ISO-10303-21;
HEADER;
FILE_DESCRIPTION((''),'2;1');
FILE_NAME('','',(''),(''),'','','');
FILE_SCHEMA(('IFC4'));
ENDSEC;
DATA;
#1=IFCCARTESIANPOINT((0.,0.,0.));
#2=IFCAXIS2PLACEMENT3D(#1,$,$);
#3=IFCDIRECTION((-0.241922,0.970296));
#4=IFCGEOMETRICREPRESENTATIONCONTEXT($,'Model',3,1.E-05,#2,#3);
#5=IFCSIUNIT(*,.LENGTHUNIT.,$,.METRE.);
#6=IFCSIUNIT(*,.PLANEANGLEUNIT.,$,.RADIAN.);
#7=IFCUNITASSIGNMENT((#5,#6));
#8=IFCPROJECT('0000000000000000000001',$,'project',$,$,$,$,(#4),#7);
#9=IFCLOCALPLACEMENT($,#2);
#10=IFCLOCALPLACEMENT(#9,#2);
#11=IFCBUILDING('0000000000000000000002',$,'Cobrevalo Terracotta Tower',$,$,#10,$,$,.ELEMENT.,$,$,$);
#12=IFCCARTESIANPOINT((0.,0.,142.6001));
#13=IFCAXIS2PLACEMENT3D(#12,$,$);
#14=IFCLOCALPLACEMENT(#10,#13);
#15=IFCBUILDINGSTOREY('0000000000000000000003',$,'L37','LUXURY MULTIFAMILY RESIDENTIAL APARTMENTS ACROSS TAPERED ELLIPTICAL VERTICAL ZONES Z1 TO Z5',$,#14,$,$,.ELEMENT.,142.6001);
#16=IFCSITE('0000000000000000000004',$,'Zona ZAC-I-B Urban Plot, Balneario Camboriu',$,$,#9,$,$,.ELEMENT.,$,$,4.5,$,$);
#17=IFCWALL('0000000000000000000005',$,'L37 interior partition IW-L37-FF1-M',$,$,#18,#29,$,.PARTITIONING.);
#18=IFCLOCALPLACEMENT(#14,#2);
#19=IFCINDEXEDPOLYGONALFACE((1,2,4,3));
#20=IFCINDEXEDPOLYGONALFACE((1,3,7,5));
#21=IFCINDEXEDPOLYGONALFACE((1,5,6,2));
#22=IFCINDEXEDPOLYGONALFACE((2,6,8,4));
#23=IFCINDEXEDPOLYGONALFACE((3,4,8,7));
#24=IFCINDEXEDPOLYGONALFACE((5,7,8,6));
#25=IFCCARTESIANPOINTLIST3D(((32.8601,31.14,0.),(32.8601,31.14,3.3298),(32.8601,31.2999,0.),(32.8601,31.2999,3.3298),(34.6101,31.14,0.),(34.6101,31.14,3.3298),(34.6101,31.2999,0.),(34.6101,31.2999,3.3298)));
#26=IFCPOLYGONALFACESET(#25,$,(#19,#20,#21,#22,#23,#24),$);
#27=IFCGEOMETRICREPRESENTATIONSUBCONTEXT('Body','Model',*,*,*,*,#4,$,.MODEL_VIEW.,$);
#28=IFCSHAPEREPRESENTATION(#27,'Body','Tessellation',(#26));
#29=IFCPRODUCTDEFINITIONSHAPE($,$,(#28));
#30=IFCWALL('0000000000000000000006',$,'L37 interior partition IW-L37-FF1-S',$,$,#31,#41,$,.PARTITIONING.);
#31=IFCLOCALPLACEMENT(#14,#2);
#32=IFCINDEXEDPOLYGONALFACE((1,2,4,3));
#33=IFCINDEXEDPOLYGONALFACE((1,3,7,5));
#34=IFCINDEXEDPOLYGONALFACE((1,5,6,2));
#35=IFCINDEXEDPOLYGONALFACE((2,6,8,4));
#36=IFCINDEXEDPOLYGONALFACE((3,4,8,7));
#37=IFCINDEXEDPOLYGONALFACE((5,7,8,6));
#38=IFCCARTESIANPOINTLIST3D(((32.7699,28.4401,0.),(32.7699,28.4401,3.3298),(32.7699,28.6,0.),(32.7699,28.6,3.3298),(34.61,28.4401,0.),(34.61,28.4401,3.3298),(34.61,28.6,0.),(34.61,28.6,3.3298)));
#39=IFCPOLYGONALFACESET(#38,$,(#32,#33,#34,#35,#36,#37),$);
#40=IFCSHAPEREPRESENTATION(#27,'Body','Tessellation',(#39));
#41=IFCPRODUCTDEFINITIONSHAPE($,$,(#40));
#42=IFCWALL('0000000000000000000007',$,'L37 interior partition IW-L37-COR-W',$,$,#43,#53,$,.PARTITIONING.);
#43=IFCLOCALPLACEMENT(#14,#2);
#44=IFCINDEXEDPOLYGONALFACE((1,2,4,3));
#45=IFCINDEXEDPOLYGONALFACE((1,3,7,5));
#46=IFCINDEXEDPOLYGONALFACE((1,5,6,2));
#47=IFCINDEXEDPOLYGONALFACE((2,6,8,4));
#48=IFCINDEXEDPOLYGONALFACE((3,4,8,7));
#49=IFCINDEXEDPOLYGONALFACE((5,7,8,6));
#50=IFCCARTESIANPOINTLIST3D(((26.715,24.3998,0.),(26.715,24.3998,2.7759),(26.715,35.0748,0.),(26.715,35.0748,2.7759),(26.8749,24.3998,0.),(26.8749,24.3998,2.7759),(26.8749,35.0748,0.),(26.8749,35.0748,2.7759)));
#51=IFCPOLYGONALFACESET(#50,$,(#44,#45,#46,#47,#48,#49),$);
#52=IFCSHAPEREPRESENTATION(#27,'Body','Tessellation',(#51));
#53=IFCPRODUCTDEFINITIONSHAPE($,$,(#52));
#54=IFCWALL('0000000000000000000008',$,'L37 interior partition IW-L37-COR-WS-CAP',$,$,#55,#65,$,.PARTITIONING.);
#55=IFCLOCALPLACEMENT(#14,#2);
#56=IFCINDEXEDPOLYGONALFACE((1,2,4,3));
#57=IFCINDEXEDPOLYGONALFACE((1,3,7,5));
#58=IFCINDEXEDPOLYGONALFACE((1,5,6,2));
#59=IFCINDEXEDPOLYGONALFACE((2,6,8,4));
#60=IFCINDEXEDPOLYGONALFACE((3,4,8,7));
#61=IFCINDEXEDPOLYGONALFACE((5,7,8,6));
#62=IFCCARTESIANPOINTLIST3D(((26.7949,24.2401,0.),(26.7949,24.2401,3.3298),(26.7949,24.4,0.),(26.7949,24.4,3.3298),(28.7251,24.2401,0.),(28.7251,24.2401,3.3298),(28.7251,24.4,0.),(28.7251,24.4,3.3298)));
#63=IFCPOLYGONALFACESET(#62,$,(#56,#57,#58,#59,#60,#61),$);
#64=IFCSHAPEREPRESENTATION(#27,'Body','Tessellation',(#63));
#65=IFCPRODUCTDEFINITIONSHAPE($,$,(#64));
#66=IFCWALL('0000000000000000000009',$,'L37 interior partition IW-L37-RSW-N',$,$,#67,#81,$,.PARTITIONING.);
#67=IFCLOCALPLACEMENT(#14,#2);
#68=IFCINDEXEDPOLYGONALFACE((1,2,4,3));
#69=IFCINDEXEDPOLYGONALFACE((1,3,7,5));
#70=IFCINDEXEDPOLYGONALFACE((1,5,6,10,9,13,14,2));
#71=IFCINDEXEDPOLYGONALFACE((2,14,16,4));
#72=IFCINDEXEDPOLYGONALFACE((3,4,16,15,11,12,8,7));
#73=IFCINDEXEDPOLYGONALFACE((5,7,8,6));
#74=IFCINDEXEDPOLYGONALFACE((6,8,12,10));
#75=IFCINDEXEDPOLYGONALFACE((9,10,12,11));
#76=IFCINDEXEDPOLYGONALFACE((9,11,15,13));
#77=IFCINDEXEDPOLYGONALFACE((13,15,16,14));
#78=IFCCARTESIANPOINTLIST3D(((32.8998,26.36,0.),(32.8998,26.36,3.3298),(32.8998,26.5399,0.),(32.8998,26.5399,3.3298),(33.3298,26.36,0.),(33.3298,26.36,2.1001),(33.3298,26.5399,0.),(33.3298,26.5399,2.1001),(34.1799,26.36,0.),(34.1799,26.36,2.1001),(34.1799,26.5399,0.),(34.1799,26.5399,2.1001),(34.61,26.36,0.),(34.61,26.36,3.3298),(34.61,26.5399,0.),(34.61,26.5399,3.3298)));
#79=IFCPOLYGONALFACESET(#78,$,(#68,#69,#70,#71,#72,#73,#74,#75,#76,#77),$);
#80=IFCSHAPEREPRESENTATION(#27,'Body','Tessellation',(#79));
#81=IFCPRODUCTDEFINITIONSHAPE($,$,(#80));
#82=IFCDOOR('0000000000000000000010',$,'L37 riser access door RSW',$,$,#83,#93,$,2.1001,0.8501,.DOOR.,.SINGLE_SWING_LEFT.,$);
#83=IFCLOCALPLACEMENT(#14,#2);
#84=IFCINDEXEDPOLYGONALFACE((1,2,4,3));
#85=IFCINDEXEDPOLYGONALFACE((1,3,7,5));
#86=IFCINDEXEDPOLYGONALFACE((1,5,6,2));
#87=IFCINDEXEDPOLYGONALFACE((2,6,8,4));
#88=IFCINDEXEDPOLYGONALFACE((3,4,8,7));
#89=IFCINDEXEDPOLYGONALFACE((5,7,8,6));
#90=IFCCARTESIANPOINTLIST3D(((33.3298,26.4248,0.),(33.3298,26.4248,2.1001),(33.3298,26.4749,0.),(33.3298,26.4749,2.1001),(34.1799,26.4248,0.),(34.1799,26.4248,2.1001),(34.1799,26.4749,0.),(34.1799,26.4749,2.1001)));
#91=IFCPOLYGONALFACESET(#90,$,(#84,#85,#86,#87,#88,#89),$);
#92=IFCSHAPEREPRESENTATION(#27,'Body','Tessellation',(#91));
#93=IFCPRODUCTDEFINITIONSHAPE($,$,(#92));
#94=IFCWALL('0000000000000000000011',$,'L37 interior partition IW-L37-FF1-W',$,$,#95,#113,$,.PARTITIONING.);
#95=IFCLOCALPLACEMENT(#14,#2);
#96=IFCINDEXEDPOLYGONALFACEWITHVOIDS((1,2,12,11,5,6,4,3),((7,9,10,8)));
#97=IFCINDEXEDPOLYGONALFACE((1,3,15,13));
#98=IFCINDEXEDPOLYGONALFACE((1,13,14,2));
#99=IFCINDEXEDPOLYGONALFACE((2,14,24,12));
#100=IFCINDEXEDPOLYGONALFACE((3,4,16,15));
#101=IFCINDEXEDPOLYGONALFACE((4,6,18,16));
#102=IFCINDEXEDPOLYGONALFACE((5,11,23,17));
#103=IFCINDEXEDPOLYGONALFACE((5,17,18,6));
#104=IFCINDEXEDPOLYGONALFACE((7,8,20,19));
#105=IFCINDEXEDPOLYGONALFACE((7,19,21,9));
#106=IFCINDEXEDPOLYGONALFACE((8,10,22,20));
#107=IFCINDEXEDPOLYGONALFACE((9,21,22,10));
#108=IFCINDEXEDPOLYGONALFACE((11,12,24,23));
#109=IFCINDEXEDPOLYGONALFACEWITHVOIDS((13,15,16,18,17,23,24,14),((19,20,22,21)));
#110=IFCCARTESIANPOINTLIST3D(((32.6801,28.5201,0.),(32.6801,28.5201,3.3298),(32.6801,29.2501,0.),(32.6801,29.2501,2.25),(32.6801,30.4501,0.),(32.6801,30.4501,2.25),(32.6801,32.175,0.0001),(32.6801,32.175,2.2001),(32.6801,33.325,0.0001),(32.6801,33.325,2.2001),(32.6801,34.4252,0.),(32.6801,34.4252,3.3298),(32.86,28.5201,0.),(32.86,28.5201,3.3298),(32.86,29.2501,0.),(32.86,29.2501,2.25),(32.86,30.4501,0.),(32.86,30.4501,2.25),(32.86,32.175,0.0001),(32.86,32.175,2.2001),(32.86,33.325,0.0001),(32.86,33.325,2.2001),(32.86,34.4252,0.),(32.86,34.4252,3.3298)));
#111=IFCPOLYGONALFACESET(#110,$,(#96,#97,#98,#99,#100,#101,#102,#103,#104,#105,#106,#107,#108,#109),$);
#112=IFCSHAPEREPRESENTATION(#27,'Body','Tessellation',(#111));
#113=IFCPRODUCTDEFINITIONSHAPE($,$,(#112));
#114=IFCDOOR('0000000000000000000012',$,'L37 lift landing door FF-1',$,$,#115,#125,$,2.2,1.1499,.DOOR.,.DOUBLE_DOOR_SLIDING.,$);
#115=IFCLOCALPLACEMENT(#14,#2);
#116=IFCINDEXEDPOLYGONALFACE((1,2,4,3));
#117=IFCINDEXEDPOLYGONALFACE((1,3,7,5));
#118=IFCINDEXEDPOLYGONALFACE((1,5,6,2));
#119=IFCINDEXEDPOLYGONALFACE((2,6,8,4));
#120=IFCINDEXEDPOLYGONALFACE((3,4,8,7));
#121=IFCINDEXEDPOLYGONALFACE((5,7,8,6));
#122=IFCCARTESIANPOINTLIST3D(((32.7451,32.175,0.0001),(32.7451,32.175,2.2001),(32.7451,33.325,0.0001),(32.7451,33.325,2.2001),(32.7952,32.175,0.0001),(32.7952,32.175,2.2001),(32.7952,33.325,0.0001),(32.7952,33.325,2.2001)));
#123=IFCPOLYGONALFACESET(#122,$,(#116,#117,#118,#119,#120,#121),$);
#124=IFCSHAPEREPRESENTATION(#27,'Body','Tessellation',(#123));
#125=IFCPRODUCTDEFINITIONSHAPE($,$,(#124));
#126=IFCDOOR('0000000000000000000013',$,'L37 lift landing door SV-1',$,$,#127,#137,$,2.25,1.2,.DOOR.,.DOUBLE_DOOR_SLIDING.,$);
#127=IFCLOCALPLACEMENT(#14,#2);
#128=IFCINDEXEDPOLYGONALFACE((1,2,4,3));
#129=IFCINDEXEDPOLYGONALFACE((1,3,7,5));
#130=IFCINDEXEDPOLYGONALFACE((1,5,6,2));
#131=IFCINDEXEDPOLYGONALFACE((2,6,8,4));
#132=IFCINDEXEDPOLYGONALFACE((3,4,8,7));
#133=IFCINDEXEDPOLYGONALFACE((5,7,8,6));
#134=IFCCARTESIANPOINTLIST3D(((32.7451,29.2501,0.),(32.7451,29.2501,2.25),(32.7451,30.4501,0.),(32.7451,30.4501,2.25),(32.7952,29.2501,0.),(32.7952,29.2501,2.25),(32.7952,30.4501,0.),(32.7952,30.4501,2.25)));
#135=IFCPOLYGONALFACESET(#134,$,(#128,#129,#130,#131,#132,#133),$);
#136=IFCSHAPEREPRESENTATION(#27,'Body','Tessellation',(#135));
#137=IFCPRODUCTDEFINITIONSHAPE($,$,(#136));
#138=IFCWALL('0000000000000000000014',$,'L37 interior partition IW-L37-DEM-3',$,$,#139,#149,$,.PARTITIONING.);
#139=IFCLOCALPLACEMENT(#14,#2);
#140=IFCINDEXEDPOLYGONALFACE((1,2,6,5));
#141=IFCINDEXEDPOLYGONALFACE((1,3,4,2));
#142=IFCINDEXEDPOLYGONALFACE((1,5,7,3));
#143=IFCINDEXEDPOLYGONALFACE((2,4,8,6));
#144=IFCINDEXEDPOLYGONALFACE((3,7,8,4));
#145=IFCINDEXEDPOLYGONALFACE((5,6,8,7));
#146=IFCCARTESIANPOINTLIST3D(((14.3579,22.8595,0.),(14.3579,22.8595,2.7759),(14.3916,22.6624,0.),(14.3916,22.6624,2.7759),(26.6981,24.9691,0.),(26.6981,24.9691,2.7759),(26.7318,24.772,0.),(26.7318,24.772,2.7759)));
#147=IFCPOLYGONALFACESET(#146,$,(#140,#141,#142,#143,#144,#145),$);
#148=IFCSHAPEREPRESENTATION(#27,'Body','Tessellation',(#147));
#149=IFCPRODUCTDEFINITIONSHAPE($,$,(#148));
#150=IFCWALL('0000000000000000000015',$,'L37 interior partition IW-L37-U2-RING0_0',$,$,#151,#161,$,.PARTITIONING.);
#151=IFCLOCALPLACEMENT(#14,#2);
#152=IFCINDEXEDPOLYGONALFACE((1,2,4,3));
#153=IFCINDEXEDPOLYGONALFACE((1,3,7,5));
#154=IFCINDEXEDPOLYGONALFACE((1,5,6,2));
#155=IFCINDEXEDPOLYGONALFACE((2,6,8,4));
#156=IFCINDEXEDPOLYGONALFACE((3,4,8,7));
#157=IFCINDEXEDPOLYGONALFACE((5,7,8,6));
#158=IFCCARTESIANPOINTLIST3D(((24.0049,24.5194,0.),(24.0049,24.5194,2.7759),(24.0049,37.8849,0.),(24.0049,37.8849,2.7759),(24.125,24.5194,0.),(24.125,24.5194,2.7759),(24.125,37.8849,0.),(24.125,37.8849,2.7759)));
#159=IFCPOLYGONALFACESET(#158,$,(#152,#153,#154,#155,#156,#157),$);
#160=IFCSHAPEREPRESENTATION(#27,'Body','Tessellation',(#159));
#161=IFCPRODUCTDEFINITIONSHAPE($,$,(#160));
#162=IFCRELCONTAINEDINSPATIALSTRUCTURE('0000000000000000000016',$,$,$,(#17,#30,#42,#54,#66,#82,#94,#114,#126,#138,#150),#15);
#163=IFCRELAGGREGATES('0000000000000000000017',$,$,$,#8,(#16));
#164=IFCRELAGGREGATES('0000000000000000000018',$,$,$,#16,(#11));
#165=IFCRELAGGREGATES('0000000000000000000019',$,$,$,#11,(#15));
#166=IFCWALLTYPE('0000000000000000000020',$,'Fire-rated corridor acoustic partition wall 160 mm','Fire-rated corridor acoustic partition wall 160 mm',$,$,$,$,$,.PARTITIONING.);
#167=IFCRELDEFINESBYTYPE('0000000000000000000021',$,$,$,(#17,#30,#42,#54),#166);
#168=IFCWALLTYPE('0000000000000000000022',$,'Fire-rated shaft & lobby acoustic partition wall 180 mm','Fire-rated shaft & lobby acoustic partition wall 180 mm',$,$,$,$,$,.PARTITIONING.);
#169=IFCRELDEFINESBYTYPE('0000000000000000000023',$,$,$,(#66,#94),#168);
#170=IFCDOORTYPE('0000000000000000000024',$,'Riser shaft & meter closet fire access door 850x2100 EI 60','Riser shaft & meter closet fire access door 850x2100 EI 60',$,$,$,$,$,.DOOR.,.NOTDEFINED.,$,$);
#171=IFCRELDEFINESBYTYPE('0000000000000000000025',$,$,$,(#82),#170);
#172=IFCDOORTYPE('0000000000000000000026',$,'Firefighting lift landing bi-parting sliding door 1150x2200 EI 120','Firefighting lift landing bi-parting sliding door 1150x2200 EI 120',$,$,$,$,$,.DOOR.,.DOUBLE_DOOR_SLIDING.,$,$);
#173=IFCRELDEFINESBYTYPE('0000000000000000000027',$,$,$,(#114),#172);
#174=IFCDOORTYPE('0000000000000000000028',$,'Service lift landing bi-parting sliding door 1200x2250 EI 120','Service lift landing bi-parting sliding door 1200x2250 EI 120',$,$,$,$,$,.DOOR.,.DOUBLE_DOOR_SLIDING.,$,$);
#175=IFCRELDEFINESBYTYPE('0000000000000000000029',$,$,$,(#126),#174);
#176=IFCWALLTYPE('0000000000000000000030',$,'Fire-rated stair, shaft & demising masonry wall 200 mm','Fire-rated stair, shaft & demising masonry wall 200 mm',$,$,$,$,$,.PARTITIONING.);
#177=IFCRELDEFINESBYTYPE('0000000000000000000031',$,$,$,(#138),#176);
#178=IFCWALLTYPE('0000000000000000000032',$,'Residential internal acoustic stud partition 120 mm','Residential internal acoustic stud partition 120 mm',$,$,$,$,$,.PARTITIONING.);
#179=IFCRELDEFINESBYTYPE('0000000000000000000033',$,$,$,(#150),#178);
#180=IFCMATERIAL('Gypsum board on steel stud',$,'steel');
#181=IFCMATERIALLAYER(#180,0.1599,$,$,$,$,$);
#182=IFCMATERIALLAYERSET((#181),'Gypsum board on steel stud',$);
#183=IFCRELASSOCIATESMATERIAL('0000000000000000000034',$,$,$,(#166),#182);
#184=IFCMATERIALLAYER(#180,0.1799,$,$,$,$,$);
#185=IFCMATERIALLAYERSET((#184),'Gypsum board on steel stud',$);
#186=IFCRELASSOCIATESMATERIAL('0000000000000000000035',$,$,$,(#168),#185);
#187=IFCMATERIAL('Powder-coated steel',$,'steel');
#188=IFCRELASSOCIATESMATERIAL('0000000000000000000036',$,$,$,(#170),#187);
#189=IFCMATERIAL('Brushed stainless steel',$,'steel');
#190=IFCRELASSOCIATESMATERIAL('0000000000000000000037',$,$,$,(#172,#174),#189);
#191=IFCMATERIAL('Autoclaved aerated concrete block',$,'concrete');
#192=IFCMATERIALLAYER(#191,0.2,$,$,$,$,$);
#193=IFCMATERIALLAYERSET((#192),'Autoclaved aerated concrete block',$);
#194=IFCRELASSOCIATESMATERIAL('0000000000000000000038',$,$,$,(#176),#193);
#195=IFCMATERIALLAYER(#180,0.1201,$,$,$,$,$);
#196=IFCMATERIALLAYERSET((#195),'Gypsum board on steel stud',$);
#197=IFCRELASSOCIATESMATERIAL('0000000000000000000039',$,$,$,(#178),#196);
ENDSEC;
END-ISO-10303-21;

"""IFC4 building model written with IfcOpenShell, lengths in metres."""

from ifc_helpers import new_model, si_unit, direction, frame, frame_2d, origin, place, context, subcontext, project, spatial, rectangle, extrude, source, transform, mapped, material, layer, layer_set, type_object, element, fill, save


model = new_model("IFC4")

# Units and contexts
model_context = context("Model", 3, precision=1e-05, world=origin(), true_north=direction((-0.241922, 0.970296)))
body_context = subcontext(model_context, "Body", "Model", "MODEL_VIEW")
ifc_project = project(units=[si_unit("LENGTHUNIT", "METRE"), si_unit("PLANEANGLEUNIT", "RADIAN")], contexts=[model_context])

# Site, building, storey
site_placement = place(None, origin())
site = spatial("IfcSite", under=ifc_project, at=site_placement, Name="Zona ZAC-I-B Urban Plot, Balneario Camboriu", CompositionType="ELEMENT", RefElevation=4.5)
building_placement = place(site_placement, origin())
building = spatial("IfcBuilding", under=site, at=building_placement, Name="Cobrevalo Terracotta Tower", CompositionType="ELEMENT")
storey_placement = place(building_placement, frame((0.0, 0.0, 142.6001)))
storey = spatial("IfcBuildingStorey", under=building, at=storey_placement, Name="L37", Description="LUXURY MULTIFAMILY RESIDENTIAL APARTMENTS ACROSS TAPERED ELLIPTICAL VERTICAL ZONES Z1 TO Z5", CompositionType="ELEMENT", Elevation=142.6001)

# Walls
ifc_material_1 = material(Name="Gypsum board on steel stud", Category="steel")
ifc_layer_1 = layer(ifc_material_1, 0.1599)
ifc_layer_set_1 = layer_set([ifc_layer_1], Name="Gypsum board on steel stud")
wall_type_1 = type_object("IfcWallType", Name="Fire-rated corridor acoustic partition wall 160 mm", Description="Fire-rated corridor acoustic partition wall 160 mm", PredefinedType="PARTITIONING", material=ifc_layer_set_1)
wall_1_placement = place(storey_placement, frame((32.8601, 31.22, 0.0), z_axis=(0.0, 0.0, 1.0), x_axis=(1.0, 0.0, 0.0)))
element("IfcWall", 1, at=wall_1_placement, inside=storey, type_object=wall_type_1, Name="L37 interior partition IW-L37-FF1-M", PredefinedType="PARTITIONING", context=body_context, shape_type="SweptSolid", body=[
    extrude(rectangle(XDim=1.75, YDim=0.1599, at=frame_2d((0.875, 0.0))), origin(), (0.0, 0.0, 1.0), 3.3298),
])
wall_2_placement = place(storey_placement, frame((32.77, 28.52, 0.0), z_axis=(0.0, 0.0, 1.0), x_axis=(1.0, 0.0, 0.0)))
element("IfcWall", 2, at=wall_2_placement, inside=storey, type_object=wall_type_1, Name="L37 interior partition IW-L37-FF1-S", PredefinedType="PARTITIONING", context=body_context, shape_type="SweptSolid", body=[
    extrude(rectangle(XDim=1.8401, YDim=0.1599, at=frame_2d((0.9199, 0.0))), origin(), (0.0, 0.0, 1.0), 3.3298),
])
wall_3_placement = place(storey_placement, frame((26.7949, 24.3999, 0.0), z_axis=(0.0, 0.0, 1.0), x_axis=(0.0, 1.0, 0.0)))
element("IfcWall", 3, at=wall_3_placement, inside=storey, type_object=wall_type_1, Name="L37 interior partition IW-L37-COR-W", PredefinedType="PARTITIONING", context=body_context, shape_type="SweptSolid", body=[
    extrude(rectangle(XDim=10.675, YDim=0.1599, at=frame_2d((5.3374, 0.0))), origin(), (0.0, 0.0, 1.0), 2.7759),
])
wall_4_placement = place(storey_placement, frame((26.7949, 24.3201, 0.0), z_axis=(0.0, 0.0, 1.0), x_axis=(1.0, 0.0, 0.0)))
element("IfcWall", 4, at=wall_4_placement, inside=storey, type_object=wall_type_1, Name="L37 interior partition IW-L37-COR-WS-CAP", PredefinedType="PARTITIONING", context=body_context, shape_type="SweptSolid", body=[
    extrude(rectangle(XDim=1.9302, YDim=0.1599, at=frame_2d((0.9651, 0.0))), origin(), (0.0, 0.0, 1.0), 3.3298),
])

# Wall, opening, door
ifc_layer_2 = layer(ifc_material_1, 0.1799)
ifc_layer_set_2 = layer_set([ifc_layer_2], Name="Gypsum board on steel stud")
wall_type_2 = type_object("IfcWallType", Name="Fire-rated shaft & lobby acoustic partition wall 180 mm", Description="Fire-rated shaft & lobby acoustic partition wall 180 mm", PredefinedType="PARTITIONING", material=ifc_layer_set_2)
wall_5_placement = place(storey_placement, frame((32.8999, 26.45, 0.0), z_axis=(0.0, 0.0, 1.0), x_axis=(1.0, 0.0, 0.0)))
wall_5 = element("IfcWall", 5, at=wall_5_placement, inside=storey, type_object=wall_type_2, Name="L37 interior partition IW-L37-RSW-N", PredefinedType="PARTITIONING", context=body_context, shape_type="SweptSolid", body=[
    extrude(rectangle(XDim=1.7102, YDim=0.1799, at=frame_2d((0.855, 0.0))), origin(), (0.0, 0.0, 1.0), 3.3298),
])
opening_1_placement = place(wall_5_placement, frame((0.4299, 0.0, 0.0)))
opening_1 = element("IfcOpeningElement", 6, at=opening_1_placement, cuts=wall_5, PredefinedType="OPENING", context=body_context, shape_type="SweptSolid", body=[
    extrude(rectangle(XDim=0.8501, YDim=2.1001, at=frame_2d((0.425, 1.05))), frame((0.0, 0.1001, 0.0), z_axis=(0.0, -1.0, 0.0), x_axis=(1.0, 0.0, 0.0)), (0.0, 0.0, 1.0), 0.2),
])
ifc_material_2 = material(Name="Powder-coated steel", Category="steel")
door_type_1 = type_object("IfcDoorType", Name="Riser shaft & meter closet fire access door 850x2100 EI 60", Description="Riser shaft & meter closet fire access door 850x2100 EI 60", OperationType="NOTDEFINED", PredefinedType="DOOR", material=ifc_material_2)
shared_shape_1 = source(origin(), body_context, "Body", "SweptSolid", [
    extrude(rectangle(XDim=0.8501, YDim=2.1001, at=frame_2d((0.425, 1.05))), frame((0.0, 0.0249, 0.0), z_axis=(0.0, -1.0, 0.0), x_axis=(1.0, 0.0, 0.0)), (0.0, 0.0, 1.0), 0.05),
])
door_1_placement = place(opening_1_placement, origin())
door_1 = element("IfcDoor", 7, at=door_1_placement, inside=storey, type_object=door_type_1, Name="L37 riser access door RSW", OperationType="SINGLE_SWING_LEFT", OverallHeight=2.1001, OverallWidth=0.8501, PredefinedType="DOOR", context=body_context, shape_type="MappedRepresentation", body=[
    mapped(shared_shape_1, transform((0.0, 0.0, 0.0), scale=1.0)),
])
fill(opening_1, door_1)

# Wall, openings, doors
wall_6_placement = place(storey_placement, frame((32.77, 28.52, 0.0), z_axis=(0.0, 0.0, 1.0), x_axis=(0.0, 1.0, 0.0)))
wall_6 = element("IfcWall", 8, at=wall_6_placement, inside=storey, type_object=wall_type_2, Name="L37 interior partition IW-L37-FF1-W", PredefinedType="PARTITIONING", context=body_context, shape_type="SweptSolid", body=[
    extrude(rectangle(XDim=5.905, YDim=0.1799, at=frame_2d((2.9526, 0.0))), origin(), (0.0, 0.0, 1.0), 3.3298),
])
opening_2_placement = place(wall_6_placement, frame((3.655, 0.0, 0.0)))
opening_2 = element("IfcOpeningElement", 9, at=opening_2_placement, cuts=wall_6, PredefinedType="OPENING", context=body_context, shape_type="SweptSolid", body=[
    extrude(rectangle(XDim=1.1499, YDim=2.2, at=frame_2d((0.575, 1.1001))), frame((0.0, 0.1001, 0.0), z_axis=(0.0, -1.0, 0.0), x_axis=(1.0, 0.0, 0.0)), (0.0, 0.0, 1.0), 0.2),
])
opening_3_placement = place(wall_6_placement, frame((0.73, 0.0, 0.0)))
opening_3 = element("IfcOpeningElement", 10, at=opening_3_placement, cuts=wall_6, PredefinedType="OPENING", context=body_context, shape_type="SweptSolid", body=[
    extrude(rectangle(XDim=1.2, YDim=2.25, at=frame_2d((0.6001, 1.125))), frame((0.0, 0.1001, 0.0), z_axis=(0.0, -1.0, 0.0), x_axis=(1.0, 0.0, 0.0)), (0.0, 0.0, 1.0), 0.2),
])
ifc_material_3 = material(Name="Brushed stainless steel", Category="steel")
door_type_2 = type_object("IfcDoorType", Name="Firefighting lift landing bi-parting sliding door 1150x2200 EI 120", Description="Firefighting lift landing bi-parting sliding door 1150x2200 EI 120", OperationType="DOUBLE_DOOR_SLIDING", PredefinedType="DOOR", material=ifc_material_3)
shared_shape_2 = source(origin(), body_context, "Body", "SweptSolid", [
    extrude(rectangle(XDim=1.1499, YDim=2.2, at=frame_2d((0.575, 1.1001))), frame((0.0, 0.0249, 0.0), z_axis=(0.0, -1.0, 0.0), x_axis=(1.0, 0.0, 0.0)), (0.0, 0.0, 1.0), 0.05),
])
door_2_placement = place(opening_2_placement, origin())
door_2 = element("IfcDoor", 11, at=door_2_placement, inside=storey, type_object=door_type_2, Name="L37 lift landing door FF-1", OperationType="DOUBLE_DOOR_SLIDING", OverallHeight=2.2, OverallWidth=1.1499, PredefinedType="DOOR", context=body_context, shape_type="MappedRepresentation", body=[
    mapped(shared_shape_2, transform((0.0, 0.0, 0.0), scale=1.0)),
])
fill(opening_2, door_2)
door_type_3 = type_object("IfcDoorType", Name="Service lift landing bi-parting sliding door 1200x2250 EI 120", Description="Service lift landing bi-parting sliding door 1200x2250 EI 120", OperationType="DOUBLE_DOOR_SLIDING", PredefinedType="DOOR", material=ifc_material_3)
shared_shape_3 = source(origin(), body_context, "Body", "SweptSolid", [
    extrude(rectangle(XDim=1.2, YDim=2.25, at=frame_2d((0.6001, 1.125))), frame((0.0, 0.0249, 0.0), z_axis=(0.0, -1.0, 0.0), x_axis=(1.0, 0.0, 0.0)), (0.0, 0.0, 1.0), 0.05),
])
door_3_placement = place(opening_3_placement, origin())
door_3 = element("IfcDoor", 12, at=door_3_placement, inside=storey, type_object=door_type_3, Name="L37 lift landing door SV-1", OperationType="DOUBLE_DOOR_SLIDING", OverallHeight=2.25, OverallWidth=1.2, PredefinedType="DOOR", context=body_context, shape_type="MappedRepresentation", body=[
    mapped(shared_shape_3, transform((0.0, 0.0, 0.0), scale=1.0)),
])
fill(opening_3, door_3)

# Walls
ifc_material_4 = material(Name="Autoclaved aerated concrete block", Category="concrete")
ifc_layer_3 = layer(ifc_material_4, 0.2)
ifc_layer_set_3 = layer_set([ifc_layer_3], Name="Autoclaved aerated concrete block")
wall_type_3 = type_object("IfcWallType", Name="Fire-rated stair, shaft & demising masonry wall 200 mm", Description="Fire-rated stair, shaft & demising masonry wall 200 mm", PredefinedType="PARTITIONING", material=ifc_layer_set_3)
wall_7_placement = place(storey_placement, frame((26.7151, 24.8706, 0.0), z_axis=(0.0, 0.0, 1.0), x_axis=(-0.9857, -0.168509, 0.0)))
element("IfcWall", 13, at=wall_7_placement, inside=storey, type_object=wall_type_3, Name="L37 interior partition IW-L37-DEM-3", PredefinedType="PARTITIONING", context=body_context, shape_type="SweptSolid", body=[
    extrude(rectangle(XDim=12.5193, YDim=0.2, at=frame_2d((6.2598, 0.0))), origin(), (0.0, 0.0, 1.0), 2.7759),
])
ifc_layer_4 = layer(ifc_material_1, 0.1201)
ifc_layer_set_4 = layer_set([ifc_layer_4], Name="Gypsum board on steel stud")
wall_type_4 = type_object("IfcWallType", Name="Residential internal acoustic stud partition 120 mm", Description="Residential internal acoustic stud partition 120 mm", PredefinedType="PARTITIONING", material=ifc_layer_set_4)
wall_8_placement = place(storey_placement, frame((24.0649, 24.5195, 0.0), z_axis=(0.0, 0.0, 1.0), x_axis=(0.0, 1.0, 0.0)))
element("IfcWall", 14, at=wall_8_placement, inside=storey, type_object=wall_type_4, Name="L37 interior partition IW-L37-U2-RING0_0", PredefinedType="PARTITIONING", context=body_context, shape_type="SweptSolid", body=[
    extrude(rectangle(XDim=13.3655, YDim=0.1201, at=frame_2d((6.6826, 0.0))), origin(), (0.0, 0.0, 1.0), 2.7759),
])

save(model, "model.ifc")
